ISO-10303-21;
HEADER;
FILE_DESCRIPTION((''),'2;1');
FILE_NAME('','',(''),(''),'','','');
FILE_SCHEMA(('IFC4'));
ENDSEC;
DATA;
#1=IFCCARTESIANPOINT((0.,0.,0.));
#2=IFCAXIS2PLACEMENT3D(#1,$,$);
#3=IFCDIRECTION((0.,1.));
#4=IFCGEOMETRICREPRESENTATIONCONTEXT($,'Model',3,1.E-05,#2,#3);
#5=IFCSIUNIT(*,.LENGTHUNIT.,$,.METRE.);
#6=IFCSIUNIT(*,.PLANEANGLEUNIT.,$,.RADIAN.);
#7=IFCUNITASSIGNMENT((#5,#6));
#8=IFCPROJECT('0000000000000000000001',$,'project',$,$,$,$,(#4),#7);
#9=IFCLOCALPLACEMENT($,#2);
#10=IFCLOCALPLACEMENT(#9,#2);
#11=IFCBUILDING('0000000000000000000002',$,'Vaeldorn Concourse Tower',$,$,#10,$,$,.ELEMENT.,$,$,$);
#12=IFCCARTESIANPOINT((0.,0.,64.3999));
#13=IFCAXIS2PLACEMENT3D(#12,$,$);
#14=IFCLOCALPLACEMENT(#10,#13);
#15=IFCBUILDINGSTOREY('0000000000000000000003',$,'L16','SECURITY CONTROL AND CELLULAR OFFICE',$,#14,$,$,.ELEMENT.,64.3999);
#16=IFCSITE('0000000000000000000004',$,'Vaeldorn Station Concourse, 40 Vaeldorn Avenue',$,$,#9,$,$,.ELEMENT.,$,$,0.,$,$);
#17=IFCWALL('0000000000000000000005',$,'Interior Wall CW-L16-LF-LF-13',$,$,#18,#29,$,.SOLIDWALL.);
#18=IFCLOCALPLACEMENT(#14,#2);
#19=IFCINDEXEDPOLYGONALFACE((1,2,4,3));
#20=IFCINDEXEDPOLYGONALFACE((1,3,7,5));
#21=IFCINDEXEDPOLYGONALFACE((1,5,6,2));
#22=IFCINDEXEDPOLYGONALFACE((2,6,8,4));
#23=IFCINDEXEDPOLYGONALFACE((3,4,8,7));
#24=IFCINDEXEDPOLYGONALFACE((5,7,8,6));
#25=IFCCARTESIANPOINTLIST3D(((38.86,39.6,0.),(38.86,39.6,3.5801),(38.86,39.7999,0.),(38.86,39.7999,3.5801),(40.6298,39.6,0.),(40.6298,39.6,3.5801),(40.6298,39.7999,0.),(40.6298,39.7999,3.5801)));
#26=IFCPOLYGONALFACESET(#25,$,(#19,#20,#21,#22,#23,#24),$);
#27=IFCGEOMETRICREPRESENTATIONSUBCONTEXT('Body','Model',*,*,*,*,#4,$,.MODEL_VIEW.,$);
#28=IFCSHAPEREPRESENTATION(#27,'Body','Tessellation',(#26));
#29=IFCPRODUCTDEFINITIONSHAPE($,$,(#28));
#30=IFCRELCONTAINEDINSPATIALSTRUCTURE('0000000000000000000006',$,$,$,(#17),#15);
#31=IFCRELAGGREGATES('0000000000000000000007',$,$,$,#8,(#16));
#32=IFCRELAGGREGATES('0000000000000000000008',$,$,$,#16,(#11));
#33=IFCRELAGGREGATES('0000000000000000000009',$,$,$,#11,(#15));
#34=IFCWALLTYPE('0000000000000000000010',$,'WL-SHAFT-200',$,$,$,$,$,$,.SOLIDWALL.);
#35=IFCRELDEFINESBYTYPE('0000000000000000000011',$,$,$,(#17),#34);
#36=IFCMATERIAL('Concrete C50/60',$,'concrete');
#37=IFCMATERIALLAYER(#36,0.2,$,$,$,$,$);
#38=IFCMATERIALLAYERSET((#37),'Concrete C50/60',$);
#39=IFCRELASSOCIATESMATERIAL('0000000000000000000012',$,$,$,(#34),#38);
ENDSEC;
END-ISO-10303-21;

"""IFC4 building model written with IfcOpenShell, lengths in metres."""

from ifc_helpers import new_model, si_unit, direction, frame, frame_2d, origin, place, context, subcontext, project, spatial, rectangle, extrude, material, layer, layer_set, type_object, element, save


model = new_model("IFC4")

# Units and contexts
model_context = context("Model", 3, precision=1e-05, world=origin(), true_north=direction((0.0, 1.0)))
body_context = subcontext(model_context, "Body", "Model", "MODEL_VIEW")
ifc_project = project(units=[si_unit("LENGTHUNIT", "METRE"), si_unit("PLANEANGLEUNIT", "RADIAN")], contexts=[model_context])

# Site, building, storey
site_placement = place(None, origin())
site = spatial("IfcSite", under=ifc_project, at=site_placement, Name="Vaeldorn Station Concourse, 40 Vaeldorn Avenue", CompositionType="ELEMENT", RefElevation=0.0)
building_placement = place(site_placement, origin())
building = spatial("IfcBuilding", under=site, at=building_placement, Name="Vaeldorn Concourse Tower", CompositionType="ELEMENT")
storey_placement = place(building_placement, frame((0.0, 0.0, 64.3999)))
storey = spatial("IfcBuildingStorey", under=building, at=storey_placement, Name="L16", Description="SECURITY CONTROL AND CELLULAR OFFICE", CompositionType="ELEMENT", Elevation=64.3999)

# Wall
ifc_material_1 = material(Name="Concrete C50/60", Category="concrete")
ifc_layer_1 = layer(ifc_material_1, 0.2)
ifc_layer_set_1 = layer_set([ifc_layer_1], Name="Concrete C50/60")
wall_type_1 = type_object("IfcWallType", Name="WL-SHAFT-200", PredefinedType="SOLIDWALL", material=ifc_layer_set_1)
wall_1_placement = place(storey_placement, frame((38.8601, 39.7, 0.0), z_axis=(0.0, 0.0, 1.0), x_axis=(1.0, 0.0, 0.0)))
element("IfcWall", 1, at=wall_1_placement, inside=storey, type_object=wall_type_1, Name="Interior Wall CW-L16-LF-LF-13", PredefinedType="SOLIDWALL", context=body_context, shape_type="SweptSolid", body=[
    extrude(rectangle(XDim=1.7698, YDim=0.2, at=frame_2d((0.8848, 0.0))), origin(), (0.0, 0.0, 1.0), 3.5801),
])

save(model, "model.ifc")
